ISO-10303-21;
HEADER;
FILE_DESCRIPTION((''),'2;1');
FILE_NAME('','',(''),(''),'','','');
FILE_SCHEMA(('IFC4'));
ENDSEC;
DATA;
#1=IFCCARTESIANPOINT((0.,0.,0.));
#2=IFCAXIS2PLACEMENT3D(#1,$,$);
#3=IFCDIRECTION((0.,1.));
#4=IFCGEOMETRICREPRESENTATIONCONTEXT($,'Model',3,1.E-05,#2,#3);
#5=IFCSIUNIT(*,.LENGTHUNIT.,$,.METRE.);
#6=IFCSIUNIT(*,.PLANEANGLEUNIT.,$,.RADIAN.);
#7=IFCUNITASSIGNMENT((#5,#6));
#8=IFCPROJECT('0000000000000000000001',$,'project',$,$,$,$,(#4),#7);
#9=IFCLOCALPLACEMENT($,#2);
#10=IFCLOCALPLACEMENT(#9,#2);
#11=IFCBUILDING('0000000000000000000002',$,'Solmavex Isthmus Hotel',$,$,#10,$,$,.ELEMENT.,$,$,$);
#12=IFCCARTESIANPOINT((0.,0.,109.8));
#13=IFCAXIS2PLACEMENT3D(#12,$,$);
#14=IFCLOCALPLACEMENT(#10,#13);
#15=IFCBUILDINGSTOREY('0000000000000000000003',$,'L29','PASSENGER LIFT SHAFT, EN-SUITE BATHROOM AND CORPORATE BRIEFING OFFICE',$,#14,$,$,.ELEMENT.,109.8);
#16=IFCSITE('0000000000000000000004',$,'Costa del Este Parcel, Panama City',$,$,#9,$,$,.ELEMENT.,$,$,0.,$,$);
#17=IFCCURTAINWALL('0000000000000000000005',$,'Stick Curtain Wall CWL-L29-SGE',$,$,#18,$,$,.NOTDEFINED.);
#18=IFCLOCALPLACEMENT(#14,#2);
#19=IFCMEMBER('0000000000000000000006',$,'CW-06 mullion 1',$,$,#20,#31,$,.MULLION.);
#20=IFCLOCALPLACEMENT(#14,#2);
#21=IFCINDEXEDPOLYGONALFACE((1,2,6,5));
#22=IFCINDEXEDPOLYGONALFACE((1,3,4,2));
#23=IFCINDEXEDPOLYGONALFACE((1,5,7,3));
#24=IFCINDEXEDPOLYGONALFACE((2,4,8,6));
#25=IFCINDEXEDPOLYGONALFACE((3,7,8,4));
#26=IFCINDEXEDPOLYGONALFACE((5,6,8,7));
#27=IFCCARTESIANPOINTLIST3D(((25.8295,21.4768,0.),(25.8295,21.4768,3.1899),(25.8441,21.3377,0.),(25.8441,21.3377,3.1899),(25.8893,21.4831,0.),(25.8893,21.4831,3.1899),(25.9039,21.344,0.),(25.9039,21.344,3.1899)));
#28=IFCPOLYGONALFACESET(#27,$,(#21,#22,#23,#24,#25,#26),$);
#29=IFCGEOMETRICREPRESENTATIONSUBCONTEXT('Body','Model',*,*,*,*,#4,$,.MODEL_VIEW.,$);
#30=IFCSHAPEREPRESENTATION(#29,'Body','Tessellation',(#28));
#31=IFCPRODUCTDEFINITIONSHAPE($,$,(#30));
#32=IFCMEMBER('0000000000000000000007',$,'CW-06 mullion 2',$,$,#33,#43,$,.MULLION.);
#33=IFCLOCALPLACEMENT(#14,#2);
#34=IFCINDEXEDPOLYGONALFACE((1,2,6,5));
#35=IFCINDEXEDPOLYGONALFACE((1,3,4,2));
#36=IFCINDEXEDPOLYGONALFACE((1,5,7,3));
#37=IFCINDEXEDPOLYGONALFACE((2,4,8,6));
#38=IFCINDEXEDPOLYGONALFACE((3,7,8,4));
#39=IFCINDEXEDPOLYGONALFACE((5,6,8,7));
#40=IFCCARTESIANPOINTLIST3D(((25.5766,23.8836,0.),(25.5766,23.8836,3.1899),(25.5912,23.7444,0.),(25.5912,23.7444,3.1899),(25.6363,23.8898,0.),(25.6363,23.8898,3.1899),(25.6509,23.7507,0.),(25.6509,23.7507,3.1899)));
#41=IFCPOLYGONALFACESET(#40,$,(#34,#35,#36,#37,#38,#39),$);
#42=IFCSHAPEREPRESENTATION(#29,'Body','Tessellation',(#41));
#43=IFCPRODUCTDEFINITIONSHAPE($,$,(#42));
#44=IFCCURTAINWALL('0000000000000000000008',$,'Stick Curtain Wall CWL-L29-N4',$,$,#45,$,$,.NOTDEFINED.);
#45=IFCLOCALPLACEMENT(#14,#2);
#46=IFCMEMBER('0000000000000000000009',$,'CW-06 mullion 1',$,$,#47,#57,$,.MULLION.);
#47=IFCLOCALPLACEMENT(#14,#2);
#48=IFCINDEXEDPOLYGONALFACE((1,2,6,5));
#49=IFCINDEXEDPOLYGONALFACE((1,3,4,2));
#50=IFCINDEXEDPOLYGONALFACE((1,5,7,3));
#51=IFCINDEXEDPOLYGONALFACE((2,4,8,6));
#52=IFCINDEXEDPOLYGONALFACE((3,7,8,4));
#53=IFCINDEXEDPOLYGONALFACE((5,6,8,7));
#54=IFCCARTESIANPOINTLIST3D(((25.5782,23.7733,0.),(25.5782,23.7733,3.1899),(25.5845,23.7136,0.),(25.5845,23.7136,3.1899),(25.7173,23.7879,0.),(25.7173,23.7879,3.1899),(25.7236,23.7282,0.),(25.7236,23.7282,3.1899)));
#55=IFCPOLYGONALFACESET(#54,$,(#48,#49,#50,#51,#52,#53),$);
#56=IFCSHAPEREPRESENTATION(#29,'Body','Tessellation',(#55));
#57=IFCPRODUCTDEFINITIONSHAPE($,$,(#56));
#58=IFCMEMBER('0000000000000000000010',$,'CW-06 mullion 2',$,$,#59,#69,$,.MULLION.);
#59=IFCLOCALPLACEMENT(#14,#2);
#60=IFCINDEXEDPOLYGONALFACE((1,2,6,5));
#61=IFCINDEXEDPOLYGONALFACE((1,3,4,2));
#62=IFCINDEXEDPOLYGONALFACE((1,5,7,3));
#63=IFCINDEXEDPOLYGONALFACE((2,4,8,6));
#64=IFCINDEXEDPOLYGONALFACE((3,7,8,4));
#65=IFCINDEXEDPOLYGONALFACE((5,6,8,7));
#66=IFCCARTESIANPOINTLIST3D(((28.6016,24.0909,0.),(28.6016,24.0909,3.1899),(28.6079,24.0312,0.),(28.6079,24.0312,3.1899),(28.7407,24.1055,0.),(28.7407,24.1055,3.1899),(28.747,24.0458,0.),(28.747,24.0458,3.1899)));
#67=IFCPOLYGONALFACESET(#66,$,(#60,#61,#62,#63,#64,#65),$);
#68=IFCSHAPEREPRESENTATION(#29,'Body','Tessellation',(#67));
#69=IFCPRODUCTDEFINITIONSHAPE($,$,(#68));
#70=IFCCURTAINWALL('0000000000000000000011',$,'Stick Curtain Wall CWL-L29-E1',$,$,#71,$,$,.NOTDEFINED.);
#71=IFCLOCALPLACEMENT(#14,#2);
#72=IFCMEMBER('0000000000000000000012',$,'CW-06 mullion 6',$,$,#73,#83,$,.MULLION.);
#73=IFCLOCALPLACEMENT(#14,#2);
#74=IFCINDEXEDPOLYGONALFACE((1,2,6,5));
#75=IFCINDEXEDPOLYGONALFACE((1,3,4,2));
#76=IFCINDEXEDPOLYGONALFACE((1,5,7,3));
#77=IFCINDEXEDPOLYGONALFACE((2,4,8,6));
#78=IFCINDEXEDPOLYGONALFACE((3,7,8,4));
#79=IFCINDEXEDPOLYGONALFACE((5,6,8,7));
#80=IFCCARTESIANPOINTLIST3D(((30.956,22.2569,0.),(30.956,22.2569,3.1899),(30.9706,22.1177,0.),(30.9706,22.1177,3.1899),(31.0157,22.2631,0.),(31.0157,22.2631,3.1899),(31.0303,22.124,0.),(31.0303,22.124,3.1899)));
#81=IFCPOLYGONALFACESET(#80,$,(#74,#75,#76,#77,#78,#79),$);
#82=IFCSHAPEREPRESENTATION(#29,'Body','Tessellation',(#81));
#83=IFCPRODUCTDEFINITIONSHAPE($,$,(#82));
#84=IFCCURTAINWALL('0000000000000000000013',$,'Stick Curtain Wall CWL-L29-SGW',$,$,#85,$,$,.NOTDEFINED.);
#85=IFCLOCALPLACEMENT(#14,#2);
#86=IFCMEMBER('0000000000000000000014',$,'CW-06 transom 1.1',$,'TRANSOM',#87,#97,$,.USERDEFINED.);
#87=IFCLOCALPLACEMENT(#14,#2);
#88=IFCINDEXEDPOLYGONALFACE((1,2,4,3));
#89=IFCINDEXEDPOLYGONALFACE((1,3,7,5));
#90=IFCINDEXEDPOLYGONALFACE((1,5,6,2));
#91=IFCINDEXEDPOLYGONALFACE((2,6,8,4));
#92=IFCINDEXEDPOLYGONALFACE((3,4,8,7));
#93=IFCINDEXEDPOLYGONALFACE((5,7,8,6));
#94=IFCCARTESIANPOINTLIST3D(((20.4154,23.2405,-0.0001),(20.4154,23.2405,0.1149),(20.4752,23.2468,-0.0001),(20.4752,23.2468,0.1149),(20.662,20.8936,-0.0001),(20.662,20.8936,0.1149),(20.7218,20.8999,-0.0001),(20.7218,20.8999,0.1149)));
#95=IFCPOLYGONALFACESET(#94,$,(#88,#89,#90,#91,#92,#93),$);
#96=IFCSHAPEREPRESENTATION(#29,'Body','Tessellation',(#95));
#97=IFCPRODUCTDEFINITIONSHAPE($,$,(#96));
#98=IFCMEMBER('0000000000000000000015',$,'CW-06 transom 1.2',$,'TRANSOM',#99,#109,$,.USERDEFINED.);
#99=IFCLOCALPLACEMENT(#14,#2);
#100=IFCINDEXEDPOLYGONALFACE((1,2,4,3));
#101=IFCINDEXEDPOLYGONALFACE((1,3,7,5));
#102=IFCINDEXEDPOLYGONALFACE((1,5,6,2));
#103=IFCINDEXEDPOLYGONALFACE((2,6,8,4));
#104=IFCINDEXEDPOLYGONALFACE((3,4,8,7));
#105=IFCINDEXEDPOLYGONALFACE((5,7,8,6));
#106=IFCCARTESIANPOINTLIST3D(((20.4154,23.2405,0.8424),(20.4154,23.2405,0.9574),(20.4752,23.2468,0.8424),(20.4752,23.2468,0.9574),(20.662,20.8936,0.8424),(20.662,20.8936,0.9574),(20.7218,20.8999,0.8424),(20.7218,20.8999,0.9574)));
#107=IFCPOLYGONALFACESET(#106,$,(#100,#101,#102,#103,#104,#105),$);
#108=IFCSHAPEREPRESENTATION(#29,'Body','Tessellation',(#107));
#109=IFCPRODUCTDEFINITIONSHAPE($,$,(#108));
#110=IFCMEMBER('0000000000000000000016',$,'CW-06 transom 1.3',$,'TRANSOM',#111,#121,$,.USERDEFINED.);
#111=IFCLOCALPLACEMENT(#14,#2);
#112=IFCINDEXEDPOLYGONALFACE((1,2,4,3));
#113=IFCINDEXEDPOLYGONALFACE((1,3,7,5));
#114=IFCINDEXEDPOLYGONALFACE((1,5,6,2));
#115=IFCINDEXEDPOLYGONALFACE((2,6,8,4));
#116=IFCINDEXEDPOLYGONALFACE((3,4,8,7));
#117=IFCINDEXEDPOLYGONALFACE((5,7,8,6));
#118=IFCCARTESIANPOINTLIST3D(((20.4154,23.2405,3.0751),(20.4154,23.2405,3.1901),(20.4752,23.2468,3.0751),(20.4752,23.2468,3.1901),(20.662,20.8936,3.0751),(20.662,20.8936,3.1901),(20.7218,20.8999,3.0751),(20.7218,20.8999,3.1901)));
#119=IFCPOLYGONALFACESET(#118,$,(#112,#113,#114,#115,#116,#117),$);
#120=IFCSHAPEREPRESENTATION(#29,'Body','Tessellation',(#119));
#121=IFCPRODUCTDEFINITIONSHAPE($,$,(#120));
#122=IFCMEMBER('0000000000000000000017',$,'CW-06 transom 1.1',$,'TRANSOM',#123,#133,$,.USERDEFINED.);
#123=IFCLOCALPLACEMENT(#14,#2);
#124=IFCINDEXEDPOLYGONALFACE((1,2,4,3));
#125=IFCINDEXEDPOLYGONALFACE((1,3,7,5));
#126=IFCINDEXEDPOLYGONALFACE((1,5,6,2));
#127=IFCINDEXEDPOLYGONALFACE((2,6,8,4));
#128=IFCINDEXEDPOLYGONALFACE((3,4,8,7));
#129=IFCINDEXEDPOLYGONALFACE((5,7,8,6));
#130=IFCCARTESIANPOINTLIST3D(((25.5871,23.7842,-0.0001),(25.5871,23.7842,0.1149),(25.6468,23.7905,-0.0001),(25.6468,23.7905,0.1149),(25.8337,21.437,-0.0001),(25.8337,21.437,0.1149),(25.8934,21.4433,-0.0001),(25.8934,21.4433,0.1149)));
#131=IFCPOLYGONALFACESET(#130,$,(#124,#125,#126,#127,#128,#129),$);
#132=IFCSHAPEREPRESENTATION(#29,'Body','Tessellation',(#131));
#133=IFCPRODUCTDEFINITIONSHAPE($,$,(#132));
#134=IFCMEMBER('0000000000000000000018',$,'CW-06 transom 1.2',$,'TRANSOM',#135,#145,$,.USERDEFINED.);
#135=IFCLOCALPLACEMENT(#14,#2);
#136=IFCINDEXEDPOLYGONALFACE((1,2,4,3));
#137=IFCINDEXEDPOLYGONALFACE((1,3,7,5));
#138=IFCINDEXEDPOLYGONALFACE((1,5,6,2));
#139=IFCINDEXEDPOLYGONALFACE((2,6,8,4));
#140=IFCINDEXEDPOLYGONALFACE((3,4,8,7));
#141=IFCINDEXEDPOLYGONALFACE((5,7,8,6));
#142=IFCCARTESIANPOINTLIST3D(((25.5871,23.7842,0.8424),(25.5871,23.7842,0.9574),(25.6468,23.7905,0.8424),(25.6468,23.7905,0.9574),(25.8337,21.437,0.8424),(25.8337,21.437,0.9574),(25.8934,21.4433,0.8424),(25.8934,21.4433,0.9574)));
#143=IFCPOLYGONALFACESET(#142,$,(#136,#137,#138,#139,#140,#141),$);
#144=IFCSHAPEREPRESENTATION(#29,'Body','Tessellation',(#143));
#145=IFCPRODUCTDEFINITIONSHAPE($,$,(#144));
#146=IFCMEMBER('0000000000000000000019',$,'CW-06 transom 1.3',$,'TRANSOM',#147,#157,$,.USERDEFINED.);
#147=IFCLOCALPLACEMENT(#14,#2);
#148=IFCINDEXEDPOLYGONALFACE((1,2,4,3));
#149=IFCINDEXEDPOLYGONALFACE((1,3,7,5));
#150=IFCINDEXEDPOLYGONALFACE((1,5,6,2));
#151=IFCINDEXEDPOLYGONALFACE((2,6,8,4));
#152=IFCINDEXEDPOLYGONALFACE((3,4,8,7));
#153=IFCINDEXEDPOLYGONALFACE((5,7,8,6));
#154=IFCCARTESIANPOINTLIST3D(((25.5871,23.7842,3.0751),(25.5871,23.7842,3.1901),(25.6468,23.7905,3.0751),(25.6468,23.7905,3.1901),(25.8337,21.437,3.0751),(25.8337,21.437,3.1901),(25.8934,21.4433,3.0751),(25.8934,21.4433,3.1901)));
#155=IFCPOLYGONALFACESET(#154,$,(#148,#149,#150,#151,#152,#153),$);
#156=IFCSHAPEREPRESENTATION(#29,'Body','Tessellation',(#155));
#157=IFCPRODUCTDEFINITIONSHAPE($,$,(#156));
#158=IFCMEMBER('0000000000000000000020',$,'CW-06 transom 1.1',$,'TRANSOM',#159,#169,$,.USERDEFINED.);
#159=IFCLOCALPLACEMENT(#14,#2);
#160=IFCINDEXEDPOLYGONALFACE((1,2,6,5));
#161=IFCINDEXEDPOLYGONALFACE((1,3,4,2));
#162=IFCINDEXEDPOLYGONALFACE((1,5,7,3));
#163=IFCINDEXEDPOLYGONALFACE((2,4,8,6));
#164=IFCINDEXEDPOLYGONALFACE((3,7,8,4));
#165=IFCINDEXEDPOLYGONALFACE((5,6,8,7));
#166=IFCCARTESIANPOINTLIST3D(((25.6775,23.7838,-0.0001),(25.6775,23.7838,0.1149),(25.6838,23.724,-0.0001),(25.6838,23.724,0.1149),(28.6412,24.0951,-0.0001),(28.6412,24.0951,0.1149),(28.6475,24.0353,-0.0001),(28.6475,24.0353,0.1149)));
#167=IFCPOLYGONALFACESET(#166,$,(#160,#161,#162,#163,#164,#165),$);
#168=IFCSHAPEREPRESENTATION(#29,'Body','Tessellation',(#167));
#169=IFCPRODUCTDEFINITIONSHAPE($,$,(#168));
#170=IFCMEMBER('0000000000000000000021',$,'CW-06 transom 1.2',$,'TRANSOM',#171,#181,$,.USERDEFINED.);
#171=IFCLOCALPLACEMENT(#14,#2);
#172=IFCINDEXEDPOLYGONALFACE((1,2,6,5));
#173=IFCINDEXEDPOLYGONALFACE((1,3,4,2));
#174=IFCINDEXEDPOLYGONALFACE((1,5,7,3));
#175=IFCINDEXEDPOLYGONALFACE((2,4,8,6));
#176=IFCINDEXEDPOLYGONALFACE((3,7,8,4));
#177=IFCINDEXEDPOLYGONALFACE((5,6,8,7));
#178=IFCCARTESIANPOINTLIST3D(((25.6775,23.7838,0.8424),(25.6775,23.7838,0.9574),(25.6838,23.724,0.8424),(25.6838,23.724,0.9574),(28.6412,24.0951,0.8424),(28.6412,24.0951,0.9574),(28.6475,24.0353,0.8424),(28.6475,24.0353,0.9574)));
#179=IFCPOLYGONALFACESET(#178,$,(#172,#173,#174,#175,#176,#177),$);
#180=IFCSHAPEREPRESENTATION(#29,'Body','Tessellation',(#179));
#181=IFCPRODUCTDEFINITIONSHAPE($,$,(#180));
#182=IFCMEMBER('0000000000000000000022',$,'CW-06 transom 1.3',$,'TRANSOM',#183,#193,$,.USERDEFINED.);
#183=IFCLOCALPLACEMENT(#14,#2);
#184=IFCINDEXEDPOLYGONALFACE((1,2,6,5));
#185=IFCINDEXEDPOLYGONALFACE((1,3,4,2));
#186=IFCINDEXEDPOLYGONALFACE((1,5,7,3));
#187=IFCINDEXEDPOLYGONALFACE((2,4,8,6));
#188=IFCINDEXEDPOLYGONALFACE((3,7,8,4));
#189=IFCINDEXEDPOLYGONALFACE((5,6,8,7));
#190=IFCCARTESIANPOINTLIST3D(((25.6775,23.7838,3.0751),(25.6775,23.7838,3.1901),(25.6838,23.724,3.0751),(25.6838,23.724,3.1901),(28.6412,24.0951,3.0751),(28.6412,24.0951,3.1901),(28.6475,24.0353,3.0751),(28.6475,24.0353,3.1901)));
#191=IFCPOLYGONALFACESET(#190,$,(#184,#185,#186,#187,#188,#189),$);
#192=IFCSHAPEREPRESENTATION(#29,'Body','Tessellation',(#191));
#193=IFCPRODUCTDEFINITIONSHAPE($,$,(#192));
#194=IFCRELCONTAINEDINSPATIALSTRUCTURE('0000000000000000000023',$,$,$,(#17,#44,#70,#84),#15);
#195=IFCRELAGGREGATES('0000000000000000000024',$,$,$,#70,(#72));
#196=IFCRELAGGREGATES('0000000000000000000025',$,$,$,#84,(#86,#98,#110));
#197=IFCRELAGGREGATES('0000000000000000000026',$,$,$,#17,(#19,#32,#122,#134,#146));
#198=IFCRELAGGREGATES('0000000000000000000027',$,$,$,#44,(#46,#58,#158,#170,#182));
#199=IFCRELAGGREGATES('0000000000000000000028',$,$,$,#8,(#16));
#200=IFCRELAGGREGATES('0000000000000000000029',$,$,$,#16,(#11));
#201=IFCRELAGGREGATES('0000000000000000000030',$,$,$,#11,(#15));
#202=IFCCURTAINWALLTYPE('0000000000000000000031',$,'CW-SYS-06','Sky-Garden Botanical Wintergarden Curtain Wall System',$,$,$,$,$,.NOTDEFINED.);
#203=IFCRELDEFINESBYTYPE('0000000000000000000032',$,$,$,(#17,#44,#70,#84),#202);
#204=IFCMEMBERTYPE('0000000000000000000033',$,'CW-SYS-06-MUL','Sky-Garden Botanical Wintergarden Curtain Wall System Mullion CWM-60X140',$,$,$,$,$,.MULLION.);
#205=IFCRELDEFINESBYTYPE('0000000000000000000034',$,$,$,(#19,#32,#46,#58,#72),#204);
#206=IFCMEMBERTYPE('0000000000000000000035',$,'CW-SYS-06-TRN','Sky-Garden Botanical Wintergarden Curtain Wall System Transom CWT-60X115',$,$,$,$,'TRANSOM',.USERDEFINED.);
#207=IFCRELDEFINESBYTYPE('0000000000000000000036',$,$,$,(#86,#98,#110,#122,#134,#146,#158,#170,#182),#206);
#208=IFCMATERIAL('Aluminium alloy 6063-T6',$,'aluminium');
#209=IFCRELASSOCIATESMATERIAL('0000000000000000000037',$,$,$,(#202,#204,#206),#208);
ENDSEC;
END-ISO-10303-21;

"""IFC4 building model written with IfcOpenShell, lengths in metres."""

from ifc_helpers import new_model, si_unit, direction, frame, origin, origin_2d, place, context, subcontext, project, spatial, rectangle, extrude, material, material_profile, profile_set, type_object, element, aggregate, save


model = new_model("IFC4")

# Units and contexts
model_context = context("Model", 3, precision=1e-05, world=origin(), true_north=direction((0.0, 1.0)))
body_context = subcontext(model_context, "Body", "Model", "MODEL_VIEW")
ifc_project = project(units=[si_unit("LENGTHUNIT", "METRE"), si_unit("PLANEANGLEUNIT", "RADIAN")], contexts=[model_context])

# Site, building, storey
site_placement = place(None, origin())
site = spatial("IfcSite", under=ifc_project, at=site_placement, Name="Costa del Este Parcel, Panama City", CompositionType="ELEMENT", RefElevation=0.0)
building_placement = place(site_placement, origin())
building = spatial("IfcBuilding", under=site, at=building_placement, Name="Solmavex Isthmus Hotel", CompositionType="ELEMENT")
storey_placement = place(building_placement, frame((0.0, 0.0, 109.8)))
storey = spatial("IfcBuildingStorey", under=building, at=storey_placement, Name="L29", Description="PASSENGER LIFT SHAFT, EN-SUITE BATHROOM AND CORPORATE BRIEFING OFFICE", CompositionType="ELEMENT", Elevation=109.8)

# Curtain walls, members
ifc_material_1 = material(Name="Aluminium alloy 6063-T6", Category="aluminium")
curtain_wall_type = type_object("IfcCurtainWallType", Name="CW-SYS-06", Description="Sky-Garden Botanical Wintergarden Curtain Wall System", PredefinedType="NOTDEFINED", material=ifc_material_1)
curtain_wall_1_placement = place(storey_placement, origin())
curtain_wall_1 = element("IfcCurtainWall", 1, at=curtain_wall_1_placement, inside=storey, type_object=curtain_wall_type, Name="Stick Curtain Wall CWL-L29-SGE", PredefinedType="NOTDEFINED")
ifc_material_profile_1 = material_profile(ifc_material_1, rectangle(XDim=0.0601, YDim=0.1399, at=origin_2d()), Name="CWM-60X140")
ifc_profile_set_1 = profile_set([ifc_material_profile_1], Name="Aluminium alloy 6063-T6")
member_type_1 = type_object("IfcMemberType", Name="CW-SYS-06-MUL", Description="Sky-Garden Botanical Wintergarden Curtain Wall System Mullion CWM-60X140", PredefinedType="MULLION", material=ifc_profile_set_1)
member_1_placement = place(storey_placement, frame((25.8667, 21.4104, 0.0), z_axis=(0.0, 0.0, 1.0), x_axis=(-0.994522, -0.104528, 0.0)))
member_1 = element("IfcMember", 2, at=member_1_placement, type_object=member_type_1, Name="CW-06 mullion 1", PredefinedType="MULLION", context=body_context, shape_type="SweptSolid", body=[
    extrude(rectangle(XDim=0.0601, YDim=0.1399, at=origin_2d()), origin(), (0.0, 0.0, 1.0), 3.1899),
])
member_2_placement = place(storey_placement, frame((25.6138, 23.8171, 0.0), z_axis=(0.0, 0.0, 1.0), x_axis=(-0.994522, -0.104528, 0.0)))
member_2 = element("IfcMember", 3, at=member_2_placement, type_object=member_type_1, Name="CW-06 mullion 2", PredefinedType="MULLION", context=body_context, shape_type="SweptSolid", body=[
    extrude(rectangle(XDim=0.0601, YDim=0.1399, at=origin_2d()), origin(), (0.0, 0.0, 1.0), 3.1899),
])
curtain_wall_2_placement = place(storey_placement, origin())
curtain_wall_2 = element("IfcCurtainWall", 4, at=curtain_wall_2_placement, inside=storey, type_object=curtain_wall_type, Name="Stick Curtain Wall CWL-L29-N4", PredefinedType="NOTDEFINED")
member_3_placement = place(storey_placement, frame((25.6509, 23.7507, 0.0), z_axis=(0.0, 0.0, 1.0), x_axis=(-0.104529, 0.994522, 0.0)))
member_3 = element("IfcMember", 5, at=member_3_placement, type_object=member_type_1, Name="CW-06 mullion 1", PredefinedType="MULLION", context=body_context, shape_type="SweptSolid", body=[
    extrude(rectangle(XDim=0.0601, YDim=0.1399, at=origin_2d()), origin(), (0.0, 0.0, 1.0), 3.1899),
])
member_4_placement = place(storey_placement, frame((28.6743, 24.0684, 0.0), z_axis=(0.0, 0.0, 1.0), x_axis=(-0.104529, 0.994522, 0.0)))
member_4 = element("IfcMember", 6, at=member_4_placement, type_object=member_type_1, Name="CW-06 mullion 2", PredefinedType="MULLION", context=body_context, shape_type="SweptSolid", body=[
    extrude(rectangle(XDim=0.0601, YDim=0.1399, at=origin_2d()), origin(), (0.0, 0.0, 1.0), 3.1899),
])

# Curtain wall, member
curtain_wall_3_placement = place(storey_placement, origin())
curtain_wall_3 = element("IfcCurtainWall", 7, at=curtain_wall_3_placement, inside=storey, type_object=curtain_wall_type, Name="Stick Curtain Wall CWL-L29-E1", PredefinedType="NOTDEFINED")
member_5_placement = place(storey_placement, frame((30.9932, 22.1904, 0.0), z_axis=(0.0, 0.0, 1.0), x_axis=(-0.994522, -0.104528, 0.0)))
member_5 = element("IfcMember", 8, at=member_5_placement, type_object=member_type_1, Name="CW-06 mullion 6", PredefinedType="MULLION", context=body_context, shape_type="SweptSolid", body=[
    extrude(rectangle(XDim=0.0601, YDim=0.1399, at=origin_2d()), origin(), (0.0, 0.0, 1.0), 3.1899),
])
aggregate(curtain_wall_3, [member_5])

# Curtain wall, members
curtain_wall_4_placement = place(storey_placement, origin())
curtain_wall_4 = element("IfcCurtainWall", 9, at=curtain_wall_4_placement, inside=storey, type_object=curtain_wall_type, Name="Stick Curtain Wall CWL-L29-SGW", PredefinedType="NOTDEFINED")
ifc_material_profile_2 = material_profile(ifc_material_1, rectangle(XDim=0.0601, YDim=0.115, at=origin_2d()), Name="CWT-60X115")
ifc_profile_set_2 = profile_set([ifc_material_profile_2], Name="Aluminium alloy 6063-T6")
member_type_2 = type_object("IfcMemberType", Name="CW-SYS-06-TRN", Description="Sky-Garden Botanical Wintergarden Curtain Wall System Transom CWT-60X115", ElementType="TRANSOM", PredefinedType="USERDEFINED", material=ifc_profile_set_2)
member_6_placement = place(storey_placement, frame((20.6919, 20.8967, 0.0574), z_axis=(-0.104491, 0.994526, 0.0), x_axis=(-0.994526, -0.104491, 0.0)))
member_6 = element("IfcMember", 10, at=member_6_placement, type_object=member_type_2, Name="CW-06 transom 1.1", ObjectType="TRANSOM", PredefinedType="USERDEFINED", context=body_context, shape_type="SweptSolid", body=[
    extrude(rectangle(XDim=0.0601, YDim=0.115, at=origin_2d()), origin(), (0.0, 0.0, 1.0), 2.3599),
])
member_7_placement = place(storey_placement, frame((20.6919, 20.8967, 0.8999), z_axis=(-0.104491, 0.994526, 0.0), x_axis=(-0.994526, -0.104491, 0.0)))
member_7 = element("IfcMember", 11, at=member_7_placement, type_object=member_type_2, Name="CW-06 transom 1.2", ObjectType="TRANSOM", PredefinedType="USERDEFINED", context=body_context, shape_type="SweptSolid", body=[
    extrude(rectangle(XDim=0.0601, YDim=0.115, at=origin_2d()), origin(), (0.0, 0.0, 1.0), 2.3599),
])
member_8_placement = place(storey_placement, frame((20.6919, 20.8967, 3.1326), z_axis=(-0.104491, 0.994526, 0.0), x_axis=(-0.994526, -0.104491, 0.0)))
member_8 = element("IfcMember", 12, at=member_8_placement, type_object=member_type_2, Name="CW-06 transom 1.3", ObjectType="TRANSOM", PredefinedType="USERDEFINED", context=body_context, shape_type="SweptSolid", body=[
    extrude(rectangle(XDim=0.0601, YDim=0.115, at=origin_2d()), origin(), (0.0, 0.0, 1.0), 2.3599),
])

# Members
member_9_placement = place(storey_placement, frame((25.8635, 21.4402, 0.0574), z_axis=(-0.10448, 0.994527, 0.0), x_axis=(-0.994527, -0.10448, 0.0)))
member_9 = element("IfcMember", 13, at=member_9_placement, type_object=member_type_2, Name="CW-06 transom 1.1", ObjectType="TRANSOM", PredefinedType="USERDEFINED", context=body_context, shape_type="SweptSolid", body=[
    extrude(rectangle(XDim=0.0601, YDim=0.115, at=origin_2d()), origin(), (0.0, 0.0, 1.0), 2.3601),
])
member_10_placement = place(storey_placement, frame((25.8635, 21.4402, 0.8999), z_axis=(-0.10448, 0.994527, 0.0), x_axis=(-0.994527, -0.10448, 0.0)))
member_10 = element("IfcMember", 14, at=member_10_placement, type_object=member_type_2, Name="CW-06 transom 1.2", ObjectType="TRANSOM", PredefinedType="USERDEFINED", context=body_context, shape_type="SweptSolid", body=[
    extrude(rectangle(XDim=0.0601, YDim=0.115, at=origin_2d()), origin(), (0.0, 0.0, 1.0), 2.3601),
])
member_11_placement = place(storey_placement, frame((25.8635, 21.4402, 3.1326), z_axis=(-0.10448, 0.994527, 0.0), x_axis=(-0.994527, -0.10448, 0.0)))
member_11 = element("IfcMember", 15, at=member_11_placement, type_object=member_type_2, Name="CW-06 transom 1.3", ObjectType="TRANSOM", PredefinedType="USERDEFINED", context=body_context, shape_type="SweptSolid", body=[
    extrude(rectangle(XDim=0.0601, YDim=0.115, at=origin_2d()), origin(), (0.0, 0.0, 1.0), 2.3601),
])
member_12_placement = place(storey_placement, frame((25.6807, 23.7539, 0.0574), z_axis=(0.994529, 0.104459, 0.0), x_axis=(-0.104459, 0.994529, 0.0)))
member_12 = element("IfcMember", 16, at=member_12_placement, type_object=member_type_2, Name="CW-06 transom 1.1", ObjectType="TRANSOM", PredefinedType="USERDEFINED", context=body_context, shape_type="SweptSolid", body=[
    extrude(rectangle(XDim=0.0601, YDim=0.115, at=origin_2d()), origin(), (0.0, 0.0, 1.0), 2.98),
])
member_13_placement = place(storey_placement, frame((25.6807, 23.7539, 0.8999), z_axis=(0.994529, 0.104459, 0.0), x_axis=(-0.104459, 0.994529, 0.0)))
member_13 = element("IfcMember", 17, at=member_13_placement, type_object=member_type_2, Name="CW-06 transom 1.2", ObjectType="TRANSOM", PredefinedType="USERDEFINED", context=body_context, shape_type="SweptSolid", body=[
    extrude(rectangle(XDim=0.0601, YDim=0.115, at=origin_2d()), origin(), (0.0, 0.0, 1.0), 2.98),
])
member_14_placement = place(storey_placement, frame((25.6807, 23.7539, 3.1326), z_axis=(0.994529, 0.104459, 0.0), x_axis=(-0.104459, 0.994529, 0.0)))
member_14 = element("IfcMember", 18, at=member_14_placement, type_object=member_type_2, Name="CW-06 transom 1.3", ObjectType="TRANSOM", PredefinedType="USERDEFINED", context=body_context, shape_type="SweptSolid", body=[
    extrude(rectangle(XDim=0.0601, YDim=0.115, at=origin_2d()), origin(), (0.0, 0.0, 1.0), 2.98),
])

aggregate(curtain_wall_4, [member_6, member_7, member_8])
aggregate(curtain_wall_1, [member_1, member_2, member_9, member_10, member_11])
aggregate(curtain_wall_2, [member_3, member_4, member_12, member_13, member_14])

save(model, "model.ifc")
